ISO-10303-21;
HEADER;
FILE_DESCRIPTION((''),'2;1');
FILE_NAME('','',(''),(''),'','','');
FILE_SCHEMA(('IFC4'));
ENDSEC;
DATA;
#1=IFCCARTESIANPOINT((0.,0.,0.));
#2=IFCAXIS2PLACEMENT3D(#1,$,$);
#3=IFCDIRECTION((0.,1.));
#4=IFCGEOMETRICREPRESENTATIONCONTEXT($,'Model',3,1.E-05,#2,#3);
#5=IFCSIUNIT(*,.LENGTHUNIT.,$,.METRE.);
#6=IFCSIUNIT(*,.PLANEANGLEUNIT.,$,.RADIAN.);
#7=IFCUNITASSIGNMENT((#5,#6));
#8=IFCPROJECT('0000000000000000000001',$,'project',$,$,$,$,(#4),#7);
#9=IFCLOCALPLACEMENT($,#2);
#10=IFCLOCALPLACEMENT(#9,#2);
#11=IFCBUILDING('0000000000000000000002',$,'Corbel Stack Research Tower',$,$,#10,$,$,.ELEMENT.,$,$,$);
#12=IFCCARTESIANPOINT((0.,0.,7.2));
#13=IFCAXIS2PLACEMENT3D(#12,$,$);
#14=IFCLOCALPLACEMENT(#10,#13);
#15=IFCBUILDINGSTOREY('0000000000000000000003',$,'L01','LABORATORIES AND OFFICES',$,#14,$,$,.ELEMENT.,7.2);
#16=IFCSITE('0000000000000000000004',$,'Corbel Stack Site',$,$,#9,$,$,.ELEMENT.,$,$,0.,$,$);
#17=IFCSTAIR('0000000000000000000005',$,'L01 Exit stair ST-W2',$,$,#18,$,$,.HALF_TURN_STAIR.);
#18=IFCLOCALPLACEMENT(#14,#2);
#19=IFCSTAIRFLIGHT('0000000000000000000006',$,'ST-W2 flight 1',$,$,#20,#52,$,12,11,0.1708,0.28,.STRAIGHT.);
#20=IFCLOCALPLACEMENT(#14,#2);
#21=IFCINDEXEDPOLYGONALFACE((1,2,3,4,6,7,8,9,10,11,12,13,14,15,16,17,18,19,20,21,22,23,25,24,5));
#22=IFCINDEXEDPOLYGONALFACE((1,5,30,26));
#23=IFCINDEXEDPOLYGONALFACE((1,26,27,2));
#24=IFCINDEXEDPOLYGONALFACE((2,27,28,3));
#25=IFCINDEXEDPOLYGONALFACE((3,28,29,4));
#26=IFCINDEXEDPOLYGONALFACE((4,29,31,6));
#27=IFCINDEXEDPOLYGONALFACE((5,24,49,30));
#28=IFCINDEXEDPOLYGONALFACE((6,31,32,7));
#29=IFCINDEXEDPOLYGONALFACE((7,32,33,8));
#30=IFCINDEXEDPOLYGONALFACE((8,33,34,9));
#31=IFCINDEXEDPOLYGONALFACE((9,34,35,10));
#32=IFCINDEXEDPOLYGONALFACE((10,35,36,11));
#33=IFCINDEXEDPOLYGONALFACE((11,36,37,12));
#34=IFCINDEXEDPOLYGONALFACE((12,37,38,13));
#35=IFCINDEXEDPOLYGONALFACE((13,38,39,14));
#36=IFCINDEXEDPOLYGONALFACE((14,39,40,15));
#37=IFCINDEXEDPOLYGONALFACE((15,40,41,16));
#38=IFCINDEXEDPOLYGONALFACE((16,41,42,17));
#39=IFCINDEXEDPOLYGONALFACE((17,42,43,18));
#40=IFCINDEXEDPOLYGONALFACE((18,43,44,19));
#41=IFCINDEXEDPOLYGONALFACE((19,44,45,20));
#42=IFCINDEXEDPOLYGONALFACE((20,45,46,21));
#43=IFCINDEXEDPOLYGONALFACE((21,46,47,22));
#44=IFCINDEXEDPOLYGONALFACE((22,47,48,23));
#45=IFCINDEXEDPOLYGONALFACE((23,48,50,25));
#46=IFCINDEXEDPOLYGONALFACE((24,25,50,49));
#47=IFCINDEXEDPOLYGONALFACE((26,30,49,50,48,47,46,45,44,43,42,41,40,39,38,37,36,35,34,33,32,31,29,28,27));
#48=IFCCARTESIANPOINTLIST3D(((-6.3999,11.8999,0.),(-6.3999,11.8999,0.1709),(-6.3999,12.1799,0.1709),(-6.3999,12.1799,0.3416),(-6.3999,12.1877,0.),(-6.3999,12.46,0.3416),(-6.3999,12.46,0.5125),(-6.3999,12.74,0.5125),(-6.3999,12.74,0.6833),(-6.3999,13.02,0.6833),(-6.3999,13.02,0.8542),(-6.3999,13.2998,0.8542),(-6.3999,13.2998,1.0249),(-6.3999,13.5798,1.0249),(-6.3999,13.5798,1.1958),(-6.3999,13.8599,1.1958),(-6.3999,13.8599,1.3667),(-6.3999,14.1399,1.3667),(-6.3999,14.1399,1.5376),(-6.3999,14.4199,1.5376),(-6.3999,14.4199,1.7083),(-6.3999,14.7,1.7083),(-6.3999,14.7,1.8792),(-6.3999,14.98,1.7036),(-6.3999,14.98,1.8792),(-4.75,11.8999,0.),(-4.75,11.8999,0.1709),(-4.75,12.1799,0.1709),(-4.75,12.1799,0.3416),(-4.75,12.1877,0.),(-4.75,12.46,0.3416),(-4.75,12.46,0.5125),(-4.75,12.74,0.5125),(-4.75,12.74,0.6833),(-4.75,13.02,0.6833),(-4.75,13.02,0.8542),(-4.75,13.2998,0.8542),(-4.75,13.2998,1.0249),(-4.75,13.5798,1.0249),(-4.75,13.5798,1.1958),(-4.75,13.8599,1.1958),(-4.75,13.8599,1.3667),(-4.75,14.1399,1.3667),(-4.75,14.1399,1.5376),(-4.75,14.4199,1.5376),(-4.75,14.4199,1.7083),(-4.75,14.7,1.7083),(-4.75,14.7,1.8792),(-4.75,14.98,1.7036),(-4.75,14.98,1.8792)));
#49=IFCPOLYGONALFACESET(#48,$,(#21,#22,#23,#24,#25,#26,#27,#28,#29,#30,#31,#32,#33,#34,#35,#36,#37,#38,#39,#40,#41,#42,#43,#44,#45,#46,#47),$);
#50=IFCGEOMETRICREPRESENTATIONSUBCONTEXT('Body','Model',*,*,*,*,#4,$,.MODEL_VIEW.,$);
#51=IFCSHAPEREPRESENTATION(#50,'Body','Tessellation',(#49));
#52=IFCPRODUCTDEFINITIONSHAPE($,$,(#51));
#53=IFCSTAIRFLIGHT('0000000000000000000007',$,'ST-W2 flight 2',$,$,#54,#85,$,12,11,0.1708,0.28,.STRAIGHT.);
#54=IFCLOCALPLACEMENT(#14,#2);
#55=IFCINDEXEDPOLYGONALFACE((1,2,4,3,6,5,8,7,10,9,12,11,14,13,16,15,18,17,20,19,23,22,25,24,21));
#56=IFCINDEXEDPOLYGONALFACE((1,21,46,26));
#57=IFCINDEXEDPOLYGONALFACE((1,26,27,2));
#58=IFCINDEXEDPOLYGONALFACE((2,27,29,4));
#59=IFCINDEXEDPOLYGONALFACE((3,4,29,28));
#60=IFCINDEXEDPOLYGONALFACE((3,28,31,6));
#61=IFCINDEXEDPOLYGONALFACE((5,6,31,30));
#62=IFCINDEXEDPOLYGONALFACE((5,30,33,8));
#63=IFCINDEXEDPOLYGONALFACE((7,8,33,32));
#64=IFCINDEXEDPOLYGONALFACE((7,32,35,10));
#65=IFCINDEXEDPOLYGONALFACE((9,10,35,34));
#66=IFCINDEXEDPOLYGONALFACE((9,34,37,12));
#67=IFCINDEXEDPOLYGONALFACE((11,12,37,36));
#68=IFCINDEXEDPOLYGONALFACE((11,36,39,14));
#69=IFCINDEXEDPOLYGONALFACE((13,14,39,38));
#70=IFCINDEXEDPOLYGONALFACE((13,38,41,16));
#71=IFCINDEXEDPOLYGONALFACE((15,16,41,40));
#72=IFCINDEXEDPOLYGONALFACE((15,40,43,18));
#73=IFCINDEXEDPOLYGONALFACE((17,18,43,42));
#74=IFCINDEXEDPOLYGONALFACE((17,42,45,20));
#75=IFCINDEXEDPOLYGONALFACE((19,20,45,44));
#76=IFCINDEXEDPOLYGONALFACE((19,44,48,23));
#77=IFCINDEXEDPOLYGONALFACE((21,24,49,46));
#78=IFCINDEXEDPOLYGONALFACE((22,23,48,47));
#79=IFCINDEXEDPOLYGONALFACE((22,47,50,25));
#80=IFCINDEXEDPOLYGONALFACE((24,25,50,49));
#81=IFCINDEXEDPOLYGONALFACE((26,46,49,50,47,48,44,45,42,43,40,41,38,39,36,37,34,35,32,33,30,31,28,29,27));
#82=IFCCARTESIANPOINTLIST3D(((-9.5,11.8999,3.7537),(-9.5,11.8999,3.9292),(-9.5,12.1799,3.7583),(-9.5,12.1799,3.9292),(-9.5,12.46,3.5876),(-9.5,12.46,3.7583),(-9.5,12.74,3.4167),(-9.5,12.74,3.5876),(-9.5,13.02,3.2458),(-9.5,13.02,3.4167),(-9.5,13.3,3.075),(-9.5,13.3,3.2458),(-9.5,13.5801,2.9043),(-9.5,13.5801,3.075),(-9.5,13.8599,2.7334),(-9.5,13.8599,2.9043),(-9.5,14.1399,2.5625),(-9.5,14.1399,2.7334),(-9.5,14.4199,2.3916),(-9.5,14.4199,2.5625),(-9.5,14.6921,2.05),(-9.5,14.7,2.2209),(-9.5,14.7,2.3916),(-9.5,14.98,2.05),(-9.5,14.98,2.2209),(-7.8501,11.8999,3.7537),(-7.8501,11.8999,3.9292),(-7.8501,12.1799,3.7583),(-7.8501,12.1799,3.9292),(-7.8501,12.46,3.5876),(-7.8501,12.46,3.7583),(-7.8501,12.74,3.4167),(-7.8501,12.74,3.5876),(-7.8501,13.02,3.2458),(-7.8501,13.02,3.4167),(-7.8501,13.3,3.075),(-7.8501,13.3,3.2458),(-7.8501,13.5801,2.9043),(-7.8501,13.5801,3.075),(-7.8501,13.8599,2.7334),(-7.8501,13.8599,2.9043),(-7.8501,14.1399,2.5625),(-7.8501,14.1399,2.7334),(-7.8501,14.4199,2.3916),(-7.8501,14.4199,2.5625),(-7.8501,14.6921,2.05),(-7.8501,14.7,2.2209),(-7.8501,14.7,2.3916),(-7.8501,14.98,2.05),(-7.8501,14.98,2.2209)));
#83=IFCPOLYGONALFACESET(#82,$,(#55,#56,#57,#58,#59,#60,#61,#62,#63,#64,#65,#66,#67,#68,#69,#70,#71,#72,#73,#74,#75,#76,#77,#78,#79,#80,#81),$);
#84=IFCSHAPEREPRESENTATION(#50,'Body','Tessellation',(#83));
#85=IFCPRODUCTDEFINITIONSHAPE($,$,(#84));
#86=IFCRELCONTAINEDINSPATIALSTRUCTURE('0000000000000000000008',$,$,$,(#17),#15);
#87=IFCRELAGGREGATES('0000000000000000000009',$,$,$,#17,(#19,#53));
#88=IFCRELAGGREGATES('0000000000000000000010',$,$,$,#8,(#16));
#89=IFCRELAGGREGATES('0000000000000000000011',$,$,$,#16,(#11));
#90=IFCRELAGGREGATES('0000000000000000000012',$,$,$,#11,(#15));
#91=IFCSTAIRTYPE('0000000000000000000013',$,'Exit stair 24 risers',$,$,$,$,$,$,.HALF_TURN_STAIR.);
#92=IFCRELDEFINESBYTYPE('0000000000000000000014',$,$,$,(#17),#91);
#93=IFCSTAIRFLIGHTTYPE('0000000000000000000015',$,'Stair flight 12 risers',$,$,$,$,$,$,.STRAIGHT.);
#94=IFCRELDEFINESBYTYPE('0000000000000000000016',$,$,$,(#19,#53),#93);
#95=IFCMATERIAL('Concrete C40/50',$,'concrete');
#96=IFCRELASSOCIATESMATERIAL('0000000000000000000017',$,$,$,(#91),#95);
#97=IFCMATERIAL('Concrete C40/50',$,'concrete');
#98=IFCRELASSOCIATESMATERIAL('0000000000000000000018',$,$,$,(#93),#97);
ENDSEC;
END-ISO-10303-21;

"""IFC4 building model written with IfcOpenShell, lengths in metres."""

from ifc_helpers import new_model, si_unit, direction, frame, origin, place, context, subcontext, project, spatial, polyline, outline, extrude, material, type_object, element, aggregate, save


model = new_model("IFC4")

# Units and contexts
model_context = context("Model", 3, precision=1e-05, world=origin(), true_north=direction((0.0, 1.0)))
body_context = subcontext(model_context, "Body", "Model", "MODEL_VIEW")
ifc_project = project(units=[si_unit("LENGTHUNIT", "METRE"), si_unit("PLANEANGLEUNIT", "RADIAN")], contexts=[model_context])

# Site, building, storey
site_placement = place(None, origin())
site = spatial("IfcSite", under=ifc_project, at=site_placement, Name="Corbel Stack Site", CompositionType="ELEMENT", RefElevation=0.0)
building_placement = place(site_placement, origin())
building = spatial("IfcBuilding", under=site, at=building_placement, Name="Corbel Stack Research Tower", CompositionType="ELEMENT")
storey_placement = place(building_placement, frame((0.0, 0.0, 7.2)))
storey = spatial("IfcBuildingStorey", under=building, at=storey_placement, Name="L01", Description="LABORATORIES AND OFFICES", CompositionType="ELEMENT", Elevation=7.2)

# Stair, stair flights
ifc_material_1 = material(Name="Concrete C40/50", Category="concrete")
stair_type = type_object("IfcStairType", Name="Exit stair 24 risers", PredefinedType="HALF_TURN_STAIR", material=ifc_material_1)
stair_placement = place(storey_placement, origin())
stair = element("IfcStair", 1, at=stair_placement, inside=storey, type_object=stair_type, Name="L01 Exit stair ST-W2", PredefinedType="HALF_TURN_STAIR")
ifc_material_2 = material(Name="Concrete C40/50", Category="concrete")
stair_flight_type = type_object("IfcStairFlightType", Name="Stair flight 12 risers", PredefinedType="STRAIGHT", material=ifc_material_2)
stair_flight_1_placement = place(storey_placement, frame((-5.575, 11.8999, 0.0), z_axis=(0.0, 0.0, 1.0), x_axis=(0.0, 1.0, 0.0)))
stair_flight_1 = element("IfcStairFlight", 2, at=stair_flight_1_placement, type_object=stair_flight_type, Name="ST-W2 flight 1", NumberOfRisers=12, NumberOfTreads=11, PredefinedType="STRAIGHT", RiserHeight=0.1708, TreadLength=0.28, context=body_context, shape_type="SweptSolid", body=[
    extrude(outline(polyline([(0.0, 0.0), (0.0, 0.1709), (0.28, 0.1709), (0.28, 0.3416), (0.5601, 0.3416), (0.5601, 0.5125), (0.8401, 0.5125), (0.8401, 0.6833), (1.1201, 0.6833), (1.1201, 0.8542), (1.3999, 0.8542), (1.3999, 1.0249), (1.6799, 1.0249), (1.6799, 1.1958), (1.96, 1.1958), (1.96, 1.3667), (2.24, 1.3667), (2.24, 1.5376), (2.52, 1.5376), (2.52, 1.7083), (2.8, 1.7083), (2.8, 1.8792), (3.0801, 1.8792), (3.0801, 2.05), (3.0801, 1.7036), (0.2878, 0.0), (0.0, 0.0)])), frame((0.0, 0.825, 0.0), z_axis=(0.0, -1.0, 0.0), x_axis=(1.0, 0.0, 0.0)), (0.0, 0.0, 1.0), 1.6499),
])
stair_flight_2_placement = place(storey_placement, frame((-8.675, 14.98, 2.05), z_axis=(0.0, 0.0, 1.0), x_axis=(0.0, -1.0, 0.0)))
stair_flight_2 = element("IfcStairFlight", 3, at=stair_flight_2_placement, type_object=stair_flight_type, Name="ST-W2 flight 2", NumberOfRisers=12, NumberOfTreads=11, PredefinedType="STRAIGHT", RiserHeight=0.1708, TreadLength=0.28, context=body_context, shape_type="SweptSolid", body=[
    extrude(outline(polyline([(0.0, 0.0), (0.0, 0.1709), (0.28, 0.1709), (0.28, 0.3416), (0.5601, 0.3416), (0.5601, 0.5125), (0.8401, 0.5125), (0.8401, 0.6833), (1.1201, 0.6833), (1.1201, 0.8542), (1.3999, 0.8542), (1.3999, 1.0249), (1.6799, 1.0249), (1.6799, 1.1958), (1.96, 1.1958), (1.96, 1.3667), (2.24, 1.3667), (2.24, 1.5376), (2.52, 1.5376), (2.52, 1.7083), (2.8, 1.7083), (2.8, 1.8792), (3.0801, 1.8792), (3.0801, 2.05), (3.0801, 1.7036), (0.2878, 0.0), (0.0, 0.0)])), frame((0.0, 0.825, 0.0), z_axis=(0.0, -1.0, 0.0), x_axis=(1.0, 0.0, 0.0)), (0.0, 0.0, 1.0), 1.6499),
])
aggregate(stair, [stair_flight_1, stair_flight_2])

save(model, "model.ifc")
